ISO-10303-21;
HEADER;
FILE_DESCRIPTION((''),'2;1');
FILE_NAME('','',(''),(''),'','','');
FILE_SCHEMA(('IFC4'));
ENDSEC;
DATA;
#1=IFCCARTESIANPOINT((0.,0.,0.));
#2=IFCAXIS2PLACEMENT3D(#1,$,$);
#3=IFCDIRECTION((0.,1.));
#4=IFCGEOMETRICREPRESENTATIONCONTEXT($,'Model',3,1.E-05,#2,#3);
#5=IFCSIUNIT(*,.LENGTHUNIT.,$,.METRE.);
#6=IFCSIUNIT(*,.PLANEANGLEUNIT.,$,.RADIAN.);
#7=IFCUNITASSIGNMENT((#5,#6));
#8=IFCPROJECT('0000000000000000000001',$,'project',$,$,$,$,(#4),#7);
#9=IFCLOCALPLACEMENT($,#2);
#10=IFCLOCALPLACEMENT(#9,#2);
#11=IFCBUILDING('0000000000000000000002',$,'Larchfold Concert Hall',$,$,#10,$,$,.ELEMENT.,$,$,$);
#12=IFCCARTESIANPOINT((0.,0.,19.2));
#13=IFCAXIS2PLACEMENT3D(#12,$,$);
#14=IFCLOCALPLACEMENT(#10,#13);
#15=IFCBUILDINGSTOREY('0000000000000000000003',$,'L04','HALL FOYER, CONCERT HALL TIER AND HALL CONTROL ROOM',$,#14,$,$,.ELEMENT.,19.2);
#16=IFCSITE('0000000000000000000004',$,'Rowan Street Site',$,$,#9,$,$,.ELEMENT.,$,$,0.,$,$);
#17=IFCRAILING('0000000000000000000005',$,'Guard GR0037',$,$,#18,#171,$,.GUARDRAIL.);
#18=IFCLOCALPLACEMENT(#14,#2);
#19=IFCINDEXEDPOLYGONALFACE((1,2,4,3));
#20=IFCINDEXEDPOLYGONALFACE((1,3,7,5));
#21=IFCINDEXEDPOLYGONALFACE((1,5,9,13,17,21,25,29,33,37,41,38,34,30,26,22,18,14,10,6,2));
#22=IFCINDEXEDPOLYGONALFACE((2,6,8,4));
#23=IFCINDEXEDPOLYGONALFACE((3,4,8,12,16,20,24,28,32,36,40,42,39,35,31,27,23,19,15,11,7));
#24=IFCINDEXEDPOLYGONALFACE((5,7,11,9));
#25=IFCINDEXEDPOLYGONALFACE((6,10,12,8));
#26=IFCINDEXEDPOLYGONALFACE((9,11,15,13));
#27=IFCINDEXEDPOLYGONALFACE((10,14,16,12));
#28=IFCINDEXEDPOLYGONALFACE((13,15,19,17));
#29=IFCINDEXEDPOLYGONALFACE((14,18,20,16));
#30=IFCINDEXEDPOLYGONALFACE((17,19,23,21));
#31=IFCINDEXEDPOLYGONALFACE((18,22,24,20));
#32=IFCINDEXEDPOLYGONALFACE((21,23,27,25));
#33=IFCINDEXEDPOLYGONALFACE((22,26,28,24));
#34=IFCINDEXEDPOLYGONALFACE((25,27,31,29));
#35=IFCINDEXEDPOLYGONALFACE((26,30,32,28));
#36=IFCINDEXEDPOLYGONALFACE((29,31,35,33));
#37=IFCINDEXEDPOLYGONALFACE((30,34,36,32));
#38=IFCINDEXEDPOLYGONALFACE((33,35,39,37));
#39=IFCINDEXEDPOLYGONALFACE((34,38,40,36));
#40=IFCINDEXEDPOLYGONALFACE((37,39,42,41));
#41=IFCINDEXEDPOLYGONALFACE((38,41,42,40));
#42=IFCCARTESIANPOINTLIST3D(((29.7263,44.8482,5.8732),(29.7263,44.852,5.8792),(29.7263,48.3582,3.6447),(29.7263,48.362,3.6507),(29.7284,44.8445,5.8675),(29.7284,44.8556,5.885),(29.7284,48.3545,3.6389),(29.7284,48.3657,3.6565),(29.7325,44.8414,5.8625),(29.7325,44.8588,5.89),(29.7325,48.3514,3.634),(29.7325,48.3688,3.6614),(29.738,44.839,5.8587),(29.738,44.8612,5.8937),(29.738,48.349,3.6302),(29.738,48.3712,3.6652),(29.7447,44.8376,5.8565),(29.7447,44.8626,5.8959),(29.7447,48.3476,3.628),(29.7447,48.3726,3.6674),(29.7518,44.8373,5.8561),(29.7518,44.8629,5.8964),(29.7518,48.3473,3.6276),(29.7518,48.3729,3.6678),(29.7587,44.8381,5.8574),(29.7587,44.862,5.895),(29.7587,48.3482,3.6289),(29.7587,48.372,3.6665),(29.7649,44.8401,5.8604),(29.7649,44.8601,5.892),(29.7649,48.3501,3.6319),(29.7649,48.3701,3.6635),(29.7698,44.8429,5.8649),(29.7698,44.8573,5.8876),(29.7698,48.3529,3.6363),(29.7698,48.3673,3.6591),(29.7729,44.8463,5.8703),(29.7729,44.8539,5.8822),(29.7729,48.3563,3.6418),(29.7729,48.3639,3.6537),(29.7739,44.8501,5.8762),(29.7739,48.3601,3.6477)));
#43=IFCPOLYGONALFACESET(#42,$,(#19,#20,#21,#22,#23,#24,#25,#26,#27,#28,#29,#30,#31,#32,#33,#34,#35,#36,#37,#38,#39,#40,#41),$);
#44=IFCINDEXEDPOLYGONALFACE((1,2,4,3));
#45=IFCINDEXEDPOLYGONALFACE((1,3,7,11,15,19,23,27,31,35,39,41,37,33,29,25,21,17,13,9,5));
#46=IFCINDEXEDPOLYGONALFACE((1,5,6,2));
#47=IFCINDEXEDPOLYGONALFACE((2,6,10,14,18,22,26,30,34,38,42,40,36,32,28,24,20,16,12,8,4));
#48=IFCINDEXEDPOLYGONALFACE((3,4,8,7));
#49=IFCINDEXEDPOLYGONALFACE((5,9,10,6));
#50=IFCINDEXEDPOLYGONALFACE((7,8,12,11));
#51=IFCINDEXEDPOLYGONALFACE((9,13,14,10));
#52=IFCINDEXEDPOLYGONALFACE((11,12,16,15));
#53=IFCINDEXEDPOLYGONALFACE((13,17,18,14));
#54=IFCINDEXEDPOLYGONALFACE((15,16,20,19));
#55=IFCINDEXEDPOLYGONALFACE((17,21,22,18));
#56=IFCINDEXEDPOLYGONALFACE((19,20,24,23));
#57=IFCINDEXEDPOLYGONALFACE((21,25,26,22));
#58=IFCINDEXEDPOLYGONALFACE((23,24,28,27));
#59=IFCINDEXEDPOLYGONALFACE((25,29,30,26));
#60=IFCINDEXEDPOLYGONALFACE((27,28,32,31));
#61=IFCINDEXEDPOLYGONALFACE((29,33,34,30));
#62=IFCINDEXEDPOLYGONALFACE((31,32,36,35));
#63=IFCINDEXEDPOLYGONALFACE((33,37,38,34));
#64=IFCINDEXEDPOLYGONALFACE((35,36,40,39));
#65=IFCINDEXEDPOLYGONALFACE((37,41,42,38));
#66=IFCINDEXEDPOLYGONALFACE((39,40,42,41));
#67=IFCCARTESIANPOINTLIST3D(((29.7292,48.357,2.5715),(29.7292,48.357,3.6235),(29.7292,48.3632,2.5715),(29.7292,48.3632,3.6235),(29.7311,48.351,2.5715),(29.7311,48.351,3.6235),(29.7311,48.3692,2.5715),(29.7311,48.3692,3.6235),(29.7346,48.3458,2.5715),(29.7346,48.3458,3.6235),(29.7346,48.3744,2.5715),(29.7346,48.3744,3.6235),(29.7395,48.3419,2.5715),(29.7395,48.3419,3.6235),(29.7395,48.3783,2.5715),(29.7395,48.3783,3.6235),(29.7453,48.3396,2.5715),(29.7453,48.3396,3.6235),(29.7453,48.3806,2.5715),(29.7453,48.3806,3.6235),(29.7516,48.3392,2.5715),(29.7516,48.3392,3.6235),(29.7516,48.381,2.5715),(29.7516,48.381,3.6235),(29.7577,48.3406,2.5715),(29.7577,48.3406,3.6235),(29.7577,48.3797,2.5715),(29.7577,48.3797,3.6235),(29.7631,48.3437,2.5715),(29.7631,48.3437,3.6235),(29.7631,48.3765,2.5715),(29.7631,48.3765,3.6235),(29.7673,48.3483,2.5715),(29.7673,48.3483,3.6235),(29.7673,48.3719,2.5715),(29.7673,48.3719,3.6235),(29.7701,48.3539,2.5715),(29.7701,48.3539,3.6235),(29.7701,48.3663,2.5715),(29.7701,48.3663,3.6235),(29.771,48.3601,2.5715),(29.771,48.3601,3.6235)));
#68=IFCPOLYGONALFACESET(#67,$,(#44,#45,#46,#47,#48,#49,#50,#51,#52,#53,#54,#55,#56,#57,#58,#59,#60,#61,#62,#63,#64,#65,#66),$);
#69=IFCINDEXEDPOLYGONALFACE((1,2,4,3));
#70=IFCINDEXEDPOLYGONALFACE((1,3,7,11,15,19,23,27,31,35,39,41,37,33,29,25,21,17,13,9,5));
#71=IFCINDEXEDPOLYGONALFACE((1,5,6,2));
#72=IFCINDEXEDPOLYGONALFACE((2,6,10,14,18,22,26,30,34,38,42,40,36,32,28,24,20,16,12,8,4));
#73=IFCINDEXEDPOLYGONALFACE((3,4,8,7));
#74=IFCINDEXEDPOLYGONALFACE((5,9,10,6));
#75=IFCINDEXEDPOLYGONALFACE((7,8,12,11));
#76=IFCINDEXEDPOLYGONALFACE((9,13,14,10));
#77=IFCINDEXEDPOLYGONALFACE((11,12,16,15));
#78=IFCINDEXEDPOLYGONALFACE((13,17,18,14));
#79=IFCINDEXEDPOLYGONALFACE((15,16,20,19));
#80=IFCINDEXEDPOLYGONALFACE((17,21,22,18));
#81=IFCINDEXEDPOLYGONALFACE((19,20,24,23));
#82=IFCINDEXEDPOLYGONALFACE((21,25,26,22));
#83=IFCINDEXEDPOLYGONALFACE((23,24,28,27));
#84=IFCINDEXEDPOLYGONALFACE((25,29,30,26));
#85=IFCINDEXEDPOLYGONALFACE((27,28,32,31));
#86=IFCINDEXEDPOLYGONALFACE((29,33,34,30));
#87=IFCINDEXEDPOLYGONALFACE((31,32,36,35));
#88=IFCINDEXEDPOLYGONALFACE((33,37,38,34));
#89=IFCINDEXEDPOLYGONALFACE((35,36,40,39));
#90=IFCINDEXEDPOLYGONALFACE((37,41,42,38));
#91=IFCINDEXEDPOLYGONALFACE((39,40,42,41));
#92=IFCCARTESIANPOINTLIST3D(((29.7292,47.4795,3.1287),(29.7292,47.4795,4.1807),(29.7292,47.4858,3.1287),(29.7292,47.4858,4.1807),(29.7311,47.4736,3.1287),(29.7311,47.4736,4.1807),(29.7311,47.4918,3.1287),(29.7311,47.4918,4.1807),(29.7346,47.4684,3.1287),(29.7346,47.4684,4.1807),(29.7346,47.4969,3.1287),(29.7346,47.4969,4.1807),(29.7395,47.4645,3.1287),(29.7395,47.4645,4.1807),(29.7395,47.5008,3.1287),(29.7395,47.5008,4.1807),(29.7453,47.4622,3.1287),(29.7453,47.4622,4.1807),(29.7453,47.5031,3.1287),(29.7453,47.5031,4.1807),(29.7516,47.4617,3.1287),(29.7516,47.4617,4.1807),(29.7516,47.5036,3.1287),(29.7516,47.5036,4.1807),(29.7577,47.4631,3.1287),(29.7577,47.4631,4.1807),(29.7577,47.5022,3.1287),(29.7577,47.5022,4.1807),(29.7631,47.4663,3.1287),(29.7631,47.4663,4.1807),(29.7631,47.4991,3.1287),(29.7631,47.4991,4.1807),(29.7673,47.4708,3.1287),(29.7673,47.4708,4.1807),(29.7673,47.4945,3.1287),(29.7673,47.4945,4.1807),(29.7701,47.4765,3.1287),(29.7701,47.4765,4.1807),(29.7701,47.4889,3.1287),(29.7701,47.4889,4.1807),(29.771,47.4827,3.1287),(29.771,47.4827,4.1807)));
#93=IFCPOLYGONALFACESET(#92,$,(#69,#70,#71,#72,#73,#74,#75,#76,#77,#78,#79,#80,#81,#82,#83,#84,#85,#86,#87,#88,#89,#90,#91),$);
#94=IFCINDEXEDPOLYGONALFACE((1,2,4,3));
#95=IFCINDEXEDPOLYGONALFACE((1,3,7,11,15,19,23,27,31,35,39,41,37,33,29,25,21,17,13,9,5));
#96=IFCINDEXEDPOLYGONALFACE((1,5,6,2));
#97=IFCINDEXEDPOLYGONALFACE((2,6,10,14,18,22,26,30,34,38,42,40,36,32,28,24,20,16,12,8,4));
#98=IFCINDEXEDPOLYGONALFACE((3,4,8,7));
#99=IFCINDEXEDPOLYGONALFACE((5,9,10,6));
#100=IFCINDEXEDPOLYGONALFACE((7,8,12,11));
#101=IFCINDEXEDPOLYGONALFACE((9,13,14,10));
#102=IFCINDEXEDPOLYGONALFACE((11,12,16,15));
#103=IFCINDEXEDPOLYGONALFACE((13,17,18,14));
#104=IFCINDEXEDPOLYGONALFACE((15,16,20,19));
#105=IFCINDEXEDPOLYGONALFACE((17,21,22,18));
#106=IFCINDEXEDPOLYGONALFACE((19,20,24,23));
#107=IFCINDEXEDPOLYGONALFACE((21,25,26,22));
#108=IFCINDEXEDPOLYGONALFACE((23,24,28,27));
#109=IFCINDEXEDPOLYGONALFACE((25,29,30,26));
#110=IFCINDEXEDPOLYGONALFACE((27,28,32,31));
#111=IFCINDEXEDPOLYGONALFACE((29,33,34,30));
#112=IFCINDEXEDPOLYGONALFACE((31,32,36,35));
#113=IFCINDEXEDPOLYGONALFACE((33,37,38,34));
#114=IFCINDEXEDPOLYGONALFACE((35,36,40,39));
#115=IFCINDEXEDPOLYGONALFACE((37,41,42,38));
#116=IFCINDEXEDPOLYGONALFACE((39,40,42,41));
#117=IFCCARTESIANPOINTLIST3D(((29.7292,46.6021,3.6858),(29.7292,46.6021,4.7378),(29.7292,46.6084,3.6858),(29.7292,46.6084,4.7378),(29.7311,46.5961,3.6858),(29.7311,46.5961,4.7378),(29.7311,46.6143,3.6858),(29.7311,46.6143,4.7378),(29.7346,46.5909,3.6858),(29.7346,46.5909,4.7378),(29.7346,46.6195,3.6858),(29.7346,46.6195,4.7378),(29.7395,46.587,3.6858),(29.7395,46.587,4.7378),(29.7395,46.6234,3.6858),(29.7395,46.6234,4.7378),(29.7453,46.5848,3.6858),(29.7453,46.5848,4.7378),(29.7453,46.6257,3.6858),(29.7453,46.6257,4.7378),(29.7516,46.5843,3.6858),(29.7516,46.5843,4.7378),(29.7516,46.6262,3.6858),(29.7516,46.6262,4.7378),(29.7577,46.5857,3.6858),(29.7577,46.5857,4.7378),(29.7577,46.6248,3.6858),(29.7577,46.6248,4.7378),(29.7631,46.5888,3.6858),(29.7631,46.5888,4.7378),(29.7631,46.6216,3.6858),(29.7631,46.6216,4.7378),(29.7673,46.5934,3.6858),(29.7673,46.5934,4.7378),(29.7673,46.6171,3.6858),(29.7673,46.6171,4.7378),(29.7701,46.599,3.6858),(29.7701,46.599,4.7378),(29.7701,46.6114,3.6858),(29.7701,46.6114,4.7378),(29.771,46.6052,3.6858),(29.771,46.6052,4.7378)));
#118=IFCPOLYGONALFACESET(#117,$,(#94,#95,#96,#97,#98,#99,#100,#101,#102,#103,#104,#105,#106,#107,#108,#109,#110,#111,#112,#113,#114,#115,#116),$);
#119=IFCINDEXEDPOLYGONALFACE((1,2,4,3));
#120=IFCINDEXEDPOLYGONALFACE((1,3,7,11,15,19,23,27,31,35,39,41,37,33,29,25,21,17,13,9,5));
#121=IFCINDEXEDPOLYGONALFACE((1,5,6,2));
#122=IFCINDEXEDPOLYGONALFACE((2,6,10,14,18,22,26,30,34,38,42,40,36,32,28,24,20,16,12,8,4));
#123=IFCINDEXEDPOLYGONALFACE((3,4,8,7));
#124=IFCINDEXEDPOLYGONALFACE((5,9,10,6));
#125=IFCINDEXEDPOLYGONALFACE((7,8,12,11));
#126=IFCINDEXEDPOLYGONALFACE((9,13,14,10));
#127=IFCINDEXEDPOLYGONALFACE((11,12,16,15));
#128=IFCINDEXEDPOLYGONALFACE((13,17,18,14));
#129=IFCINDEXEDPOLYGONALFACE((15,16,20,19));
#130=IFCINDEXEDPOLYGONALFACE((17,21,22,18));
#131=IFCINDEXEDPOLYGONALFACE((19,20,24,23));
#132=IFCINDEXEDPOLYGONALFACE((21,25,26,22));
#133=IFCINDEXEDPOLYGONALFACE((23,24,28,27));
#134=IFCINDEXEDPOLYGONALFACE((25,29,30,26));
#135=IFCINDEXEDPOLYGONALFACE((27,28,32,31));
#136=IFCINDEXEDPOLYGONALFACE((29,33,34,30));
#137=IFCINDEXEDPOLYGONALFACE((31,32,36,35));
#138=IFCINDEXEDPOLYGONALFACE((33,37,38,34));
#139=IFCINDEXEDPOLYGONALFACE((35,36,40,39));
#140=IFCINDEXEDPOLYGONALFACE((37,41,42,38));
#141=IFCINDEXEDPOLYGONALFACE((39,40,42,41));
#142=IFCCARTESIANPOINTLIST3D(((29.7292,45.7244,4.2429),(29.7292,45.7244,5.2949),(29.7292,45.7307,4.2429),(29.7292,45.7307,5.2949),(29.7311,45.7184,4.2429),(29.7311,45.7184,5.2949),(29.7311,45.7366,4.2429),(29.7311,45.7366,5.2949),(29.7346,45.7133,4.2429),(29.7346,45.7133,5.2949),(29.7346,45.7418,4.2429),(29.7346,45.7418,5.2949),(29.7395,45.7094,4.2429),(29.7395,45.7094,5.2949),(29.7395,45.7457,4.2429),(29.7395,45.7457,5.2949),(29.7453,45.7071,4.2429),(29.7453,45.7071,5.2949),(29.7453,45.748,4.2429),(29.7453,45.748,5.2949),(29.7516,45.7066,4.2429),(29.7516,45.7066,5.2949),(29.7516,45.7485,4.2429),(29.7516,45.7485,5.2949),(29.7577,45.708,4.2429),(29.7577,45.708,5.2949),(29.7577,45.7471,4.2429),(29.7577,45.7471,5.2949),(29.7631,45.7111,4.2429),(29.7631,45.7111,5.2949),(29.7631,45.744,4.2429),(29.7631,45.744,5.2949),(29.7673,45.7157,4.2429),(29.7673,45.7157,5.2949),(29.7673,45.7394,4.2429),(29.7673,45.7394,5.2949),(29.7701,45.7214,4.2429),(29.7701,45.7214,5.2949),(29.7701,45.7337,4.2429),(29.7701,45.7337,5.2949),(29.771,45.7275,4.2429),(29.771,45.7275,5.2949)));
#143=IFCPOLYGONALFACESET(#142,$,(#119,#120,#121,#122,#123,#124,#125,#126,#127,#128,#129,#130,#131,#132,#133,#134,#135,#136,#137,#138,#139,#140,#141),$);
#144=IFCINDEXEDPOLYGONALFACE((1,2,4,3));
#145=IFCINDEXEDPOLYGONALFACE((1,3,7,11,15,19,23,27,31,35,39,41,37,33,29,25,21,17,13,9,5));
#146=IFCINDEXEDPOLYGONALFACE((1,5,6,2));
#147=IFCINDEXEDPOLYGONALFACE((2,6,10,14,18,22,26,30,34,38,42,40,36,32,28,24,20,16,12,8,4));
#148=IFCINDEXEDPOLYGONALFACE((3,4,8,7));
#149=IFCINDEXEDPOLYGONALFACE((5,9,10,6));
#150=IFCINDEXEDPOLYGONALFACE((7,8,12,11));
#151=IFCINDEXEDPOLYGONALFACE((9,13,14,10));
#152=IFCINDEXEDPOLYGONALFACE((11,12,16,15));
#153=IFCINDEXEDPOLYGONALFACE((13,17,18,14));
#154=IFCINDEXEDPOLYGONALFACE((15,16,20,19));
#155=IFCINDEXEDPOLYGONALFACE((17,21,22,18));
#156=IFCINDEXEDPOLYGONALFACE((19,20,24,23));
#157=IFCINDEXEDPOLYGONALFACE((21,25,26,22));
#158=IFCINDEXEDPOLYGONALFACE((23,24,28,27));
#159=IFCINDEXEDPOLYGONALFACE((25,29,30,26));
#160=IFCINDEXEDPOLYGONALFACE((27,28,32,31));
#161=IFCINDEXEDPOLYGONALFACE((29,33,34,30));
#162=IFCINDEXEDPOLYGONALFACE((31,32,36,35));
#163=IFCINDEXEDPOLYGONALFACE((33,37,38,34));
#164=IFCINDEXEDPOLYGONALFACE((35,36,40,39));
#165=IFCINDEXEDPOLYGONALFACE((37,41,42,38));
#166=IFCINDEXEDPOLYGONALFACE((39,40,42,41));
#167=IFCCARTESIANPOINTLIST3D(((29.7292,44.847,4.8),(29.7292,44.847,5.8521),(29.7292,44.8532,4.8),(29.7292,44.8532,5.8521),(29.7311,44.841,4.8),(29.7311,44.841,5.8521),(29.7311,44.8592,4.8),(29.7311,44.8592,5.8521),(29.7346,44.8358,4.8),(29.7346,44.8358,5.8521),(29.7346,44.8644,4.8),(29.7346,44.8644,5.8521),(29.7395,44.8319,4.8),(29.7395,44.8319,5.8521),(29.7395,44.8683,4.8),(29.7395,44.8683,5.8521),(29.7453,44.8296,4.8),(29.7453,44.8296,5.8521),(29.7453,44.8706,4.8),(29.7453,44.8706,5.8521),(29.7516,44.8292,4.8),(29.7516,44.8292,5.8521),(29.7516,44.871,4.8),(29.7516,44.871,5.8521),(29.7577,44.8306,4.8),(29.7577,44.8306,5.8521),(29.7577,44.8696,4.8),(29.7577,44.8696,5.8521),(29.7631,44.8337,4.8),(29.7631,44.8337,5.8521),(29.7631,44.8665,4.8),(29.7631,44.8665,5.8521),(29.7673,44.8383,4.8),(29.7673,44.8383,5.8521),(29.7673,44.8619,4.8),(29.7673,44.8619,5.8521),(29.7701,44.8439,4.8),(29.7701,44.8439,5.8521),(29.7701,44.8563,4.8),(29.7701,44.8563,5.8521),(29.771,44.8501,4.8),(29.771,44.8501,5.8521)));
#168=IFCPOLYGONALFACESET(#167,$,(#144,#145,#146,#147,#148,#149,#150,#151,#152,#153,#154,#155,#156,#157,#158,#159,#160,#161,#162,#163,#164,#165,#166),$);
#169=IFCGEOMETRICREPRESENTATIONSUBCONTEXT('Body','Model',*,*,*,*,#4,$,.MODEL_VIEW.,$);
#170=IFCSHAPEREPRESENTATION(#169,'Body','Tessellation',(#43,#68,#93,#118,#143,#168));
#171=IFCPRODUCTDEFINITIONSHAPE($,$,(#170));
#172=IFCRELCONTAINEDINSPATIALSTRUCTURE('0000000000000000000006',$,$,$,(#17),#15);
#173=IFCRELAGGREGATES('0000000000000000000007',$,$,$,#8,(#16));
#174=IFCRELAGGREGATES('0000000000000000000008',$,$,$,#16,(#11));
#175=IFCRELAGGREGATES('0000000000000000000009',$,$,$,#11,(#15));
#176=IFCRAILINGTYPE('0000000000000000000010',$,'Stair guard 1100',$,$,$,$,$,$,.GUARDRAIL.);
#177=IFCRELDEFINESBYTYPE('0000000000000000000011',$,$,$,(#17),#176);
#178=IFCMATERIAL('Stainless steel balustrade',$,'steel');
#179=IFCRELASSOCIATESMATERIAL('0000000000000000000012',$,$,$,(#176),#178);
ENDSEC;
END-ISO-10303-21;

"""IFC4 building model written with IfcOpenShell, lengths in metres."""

from ifc_helpers import new_model, si_unit, direction, frame, origin, origin_2d, place, context, subcontext, project, spatial, circle, extrude, material, type_object, element, save


model = new_model("IFC4")

# Units and contexts
model_context = context("Model", 3, precision=1e-05, world=origin(), true_north=direction((0.0, 1.0)))
body_context = subcontext(model_context, "Body", "Model", "MODEL_VIEW")
ifc_project = project(units=[si_unit("LENGTHUNIT", "METRE"), si_unit("PLANEANGLEUNIT", "RADIAN")], contexts=[model_context])

# Site, building, storey
site_placement = place(None, origin())
site = spatial("IfcSite", under=ifc_project, at=site_placement, Name="Rowan Street Site", CompositionType="ELEMENT", RefElevation=0.0)
building_placement = place(site_placement, origin())
building = spatial("IfcBuilding", under=site, at=building_placement, Name="Larchfold Concert Hall", CompositionType="ELEMENT")
storey_placement = place(building_placement, frame((0.0, 0.0, 19.2)))
storey = spatial("IfcBuildingStorey", under=building, at=storey_placement, Name="L04", Description="HALL FOYER, CONCERT HALL TIER AND HALL CONTROL ROOM", CompositionType="ELEMENT", Elevation=19.2)

# Railing
ifc_material_1 = material(Name="Stainless steel balustrade", Category="steel")
railing_type_1 = type_object("IfcRailingType", Name="Stair guard 1100", PredefinedType="GUARDRAIL", material=ifc_material_1)
railing_1_placement = place(storey_placement, frame((29.75, 48.3601, 2.5715)))
element("IfcRailing", 1, at=railing_1_placement, inside=storey, type_object=railing_type_1, Name="Guard GR0037", PredefinedType="GUARDRAIL", context=body_context, shape_type="SweptSolid", body=[
    extrude(circle(Radius=0.0239, at=origin_2d()), frame((0.0, 0.0, 1.0762), z_axis=(0.0, -0.84422, 0.535998), x_axis=(1.0, 0.0, 0.0)), (0.0, 0.0, 1.0), 4.1577),
    extrude(circle(Radius=0.021, at=origin_2d()), origin(), (0.0, 0.0, 1.0), 1.052),
    extrude(circle(Radius=0.021, at=origin_2d()), frame((0.0, -0.8774, 0.5571)), (0.0, 0.0, 1.0), 1.052),
    extrude(circle(Radius=0.021, at=origin_2d()), frame((0.0, -1.7549, 1.1143)), (0.0, 0.0, 1.0), 1.052),
    extrude(circle(Radius=0.021, at=origin_2d()), frame((0.0, -2.6326, 1.6714)), (0.0, 0.0, 1.0), 1.052),
    extrude(circle(Radius=0.021, at=origin_2d()), frame((0.0, -3.51, 2.2285)), (0.0, 0.0, 1.0), 1.052),
])

save(model, "model.ifc")
